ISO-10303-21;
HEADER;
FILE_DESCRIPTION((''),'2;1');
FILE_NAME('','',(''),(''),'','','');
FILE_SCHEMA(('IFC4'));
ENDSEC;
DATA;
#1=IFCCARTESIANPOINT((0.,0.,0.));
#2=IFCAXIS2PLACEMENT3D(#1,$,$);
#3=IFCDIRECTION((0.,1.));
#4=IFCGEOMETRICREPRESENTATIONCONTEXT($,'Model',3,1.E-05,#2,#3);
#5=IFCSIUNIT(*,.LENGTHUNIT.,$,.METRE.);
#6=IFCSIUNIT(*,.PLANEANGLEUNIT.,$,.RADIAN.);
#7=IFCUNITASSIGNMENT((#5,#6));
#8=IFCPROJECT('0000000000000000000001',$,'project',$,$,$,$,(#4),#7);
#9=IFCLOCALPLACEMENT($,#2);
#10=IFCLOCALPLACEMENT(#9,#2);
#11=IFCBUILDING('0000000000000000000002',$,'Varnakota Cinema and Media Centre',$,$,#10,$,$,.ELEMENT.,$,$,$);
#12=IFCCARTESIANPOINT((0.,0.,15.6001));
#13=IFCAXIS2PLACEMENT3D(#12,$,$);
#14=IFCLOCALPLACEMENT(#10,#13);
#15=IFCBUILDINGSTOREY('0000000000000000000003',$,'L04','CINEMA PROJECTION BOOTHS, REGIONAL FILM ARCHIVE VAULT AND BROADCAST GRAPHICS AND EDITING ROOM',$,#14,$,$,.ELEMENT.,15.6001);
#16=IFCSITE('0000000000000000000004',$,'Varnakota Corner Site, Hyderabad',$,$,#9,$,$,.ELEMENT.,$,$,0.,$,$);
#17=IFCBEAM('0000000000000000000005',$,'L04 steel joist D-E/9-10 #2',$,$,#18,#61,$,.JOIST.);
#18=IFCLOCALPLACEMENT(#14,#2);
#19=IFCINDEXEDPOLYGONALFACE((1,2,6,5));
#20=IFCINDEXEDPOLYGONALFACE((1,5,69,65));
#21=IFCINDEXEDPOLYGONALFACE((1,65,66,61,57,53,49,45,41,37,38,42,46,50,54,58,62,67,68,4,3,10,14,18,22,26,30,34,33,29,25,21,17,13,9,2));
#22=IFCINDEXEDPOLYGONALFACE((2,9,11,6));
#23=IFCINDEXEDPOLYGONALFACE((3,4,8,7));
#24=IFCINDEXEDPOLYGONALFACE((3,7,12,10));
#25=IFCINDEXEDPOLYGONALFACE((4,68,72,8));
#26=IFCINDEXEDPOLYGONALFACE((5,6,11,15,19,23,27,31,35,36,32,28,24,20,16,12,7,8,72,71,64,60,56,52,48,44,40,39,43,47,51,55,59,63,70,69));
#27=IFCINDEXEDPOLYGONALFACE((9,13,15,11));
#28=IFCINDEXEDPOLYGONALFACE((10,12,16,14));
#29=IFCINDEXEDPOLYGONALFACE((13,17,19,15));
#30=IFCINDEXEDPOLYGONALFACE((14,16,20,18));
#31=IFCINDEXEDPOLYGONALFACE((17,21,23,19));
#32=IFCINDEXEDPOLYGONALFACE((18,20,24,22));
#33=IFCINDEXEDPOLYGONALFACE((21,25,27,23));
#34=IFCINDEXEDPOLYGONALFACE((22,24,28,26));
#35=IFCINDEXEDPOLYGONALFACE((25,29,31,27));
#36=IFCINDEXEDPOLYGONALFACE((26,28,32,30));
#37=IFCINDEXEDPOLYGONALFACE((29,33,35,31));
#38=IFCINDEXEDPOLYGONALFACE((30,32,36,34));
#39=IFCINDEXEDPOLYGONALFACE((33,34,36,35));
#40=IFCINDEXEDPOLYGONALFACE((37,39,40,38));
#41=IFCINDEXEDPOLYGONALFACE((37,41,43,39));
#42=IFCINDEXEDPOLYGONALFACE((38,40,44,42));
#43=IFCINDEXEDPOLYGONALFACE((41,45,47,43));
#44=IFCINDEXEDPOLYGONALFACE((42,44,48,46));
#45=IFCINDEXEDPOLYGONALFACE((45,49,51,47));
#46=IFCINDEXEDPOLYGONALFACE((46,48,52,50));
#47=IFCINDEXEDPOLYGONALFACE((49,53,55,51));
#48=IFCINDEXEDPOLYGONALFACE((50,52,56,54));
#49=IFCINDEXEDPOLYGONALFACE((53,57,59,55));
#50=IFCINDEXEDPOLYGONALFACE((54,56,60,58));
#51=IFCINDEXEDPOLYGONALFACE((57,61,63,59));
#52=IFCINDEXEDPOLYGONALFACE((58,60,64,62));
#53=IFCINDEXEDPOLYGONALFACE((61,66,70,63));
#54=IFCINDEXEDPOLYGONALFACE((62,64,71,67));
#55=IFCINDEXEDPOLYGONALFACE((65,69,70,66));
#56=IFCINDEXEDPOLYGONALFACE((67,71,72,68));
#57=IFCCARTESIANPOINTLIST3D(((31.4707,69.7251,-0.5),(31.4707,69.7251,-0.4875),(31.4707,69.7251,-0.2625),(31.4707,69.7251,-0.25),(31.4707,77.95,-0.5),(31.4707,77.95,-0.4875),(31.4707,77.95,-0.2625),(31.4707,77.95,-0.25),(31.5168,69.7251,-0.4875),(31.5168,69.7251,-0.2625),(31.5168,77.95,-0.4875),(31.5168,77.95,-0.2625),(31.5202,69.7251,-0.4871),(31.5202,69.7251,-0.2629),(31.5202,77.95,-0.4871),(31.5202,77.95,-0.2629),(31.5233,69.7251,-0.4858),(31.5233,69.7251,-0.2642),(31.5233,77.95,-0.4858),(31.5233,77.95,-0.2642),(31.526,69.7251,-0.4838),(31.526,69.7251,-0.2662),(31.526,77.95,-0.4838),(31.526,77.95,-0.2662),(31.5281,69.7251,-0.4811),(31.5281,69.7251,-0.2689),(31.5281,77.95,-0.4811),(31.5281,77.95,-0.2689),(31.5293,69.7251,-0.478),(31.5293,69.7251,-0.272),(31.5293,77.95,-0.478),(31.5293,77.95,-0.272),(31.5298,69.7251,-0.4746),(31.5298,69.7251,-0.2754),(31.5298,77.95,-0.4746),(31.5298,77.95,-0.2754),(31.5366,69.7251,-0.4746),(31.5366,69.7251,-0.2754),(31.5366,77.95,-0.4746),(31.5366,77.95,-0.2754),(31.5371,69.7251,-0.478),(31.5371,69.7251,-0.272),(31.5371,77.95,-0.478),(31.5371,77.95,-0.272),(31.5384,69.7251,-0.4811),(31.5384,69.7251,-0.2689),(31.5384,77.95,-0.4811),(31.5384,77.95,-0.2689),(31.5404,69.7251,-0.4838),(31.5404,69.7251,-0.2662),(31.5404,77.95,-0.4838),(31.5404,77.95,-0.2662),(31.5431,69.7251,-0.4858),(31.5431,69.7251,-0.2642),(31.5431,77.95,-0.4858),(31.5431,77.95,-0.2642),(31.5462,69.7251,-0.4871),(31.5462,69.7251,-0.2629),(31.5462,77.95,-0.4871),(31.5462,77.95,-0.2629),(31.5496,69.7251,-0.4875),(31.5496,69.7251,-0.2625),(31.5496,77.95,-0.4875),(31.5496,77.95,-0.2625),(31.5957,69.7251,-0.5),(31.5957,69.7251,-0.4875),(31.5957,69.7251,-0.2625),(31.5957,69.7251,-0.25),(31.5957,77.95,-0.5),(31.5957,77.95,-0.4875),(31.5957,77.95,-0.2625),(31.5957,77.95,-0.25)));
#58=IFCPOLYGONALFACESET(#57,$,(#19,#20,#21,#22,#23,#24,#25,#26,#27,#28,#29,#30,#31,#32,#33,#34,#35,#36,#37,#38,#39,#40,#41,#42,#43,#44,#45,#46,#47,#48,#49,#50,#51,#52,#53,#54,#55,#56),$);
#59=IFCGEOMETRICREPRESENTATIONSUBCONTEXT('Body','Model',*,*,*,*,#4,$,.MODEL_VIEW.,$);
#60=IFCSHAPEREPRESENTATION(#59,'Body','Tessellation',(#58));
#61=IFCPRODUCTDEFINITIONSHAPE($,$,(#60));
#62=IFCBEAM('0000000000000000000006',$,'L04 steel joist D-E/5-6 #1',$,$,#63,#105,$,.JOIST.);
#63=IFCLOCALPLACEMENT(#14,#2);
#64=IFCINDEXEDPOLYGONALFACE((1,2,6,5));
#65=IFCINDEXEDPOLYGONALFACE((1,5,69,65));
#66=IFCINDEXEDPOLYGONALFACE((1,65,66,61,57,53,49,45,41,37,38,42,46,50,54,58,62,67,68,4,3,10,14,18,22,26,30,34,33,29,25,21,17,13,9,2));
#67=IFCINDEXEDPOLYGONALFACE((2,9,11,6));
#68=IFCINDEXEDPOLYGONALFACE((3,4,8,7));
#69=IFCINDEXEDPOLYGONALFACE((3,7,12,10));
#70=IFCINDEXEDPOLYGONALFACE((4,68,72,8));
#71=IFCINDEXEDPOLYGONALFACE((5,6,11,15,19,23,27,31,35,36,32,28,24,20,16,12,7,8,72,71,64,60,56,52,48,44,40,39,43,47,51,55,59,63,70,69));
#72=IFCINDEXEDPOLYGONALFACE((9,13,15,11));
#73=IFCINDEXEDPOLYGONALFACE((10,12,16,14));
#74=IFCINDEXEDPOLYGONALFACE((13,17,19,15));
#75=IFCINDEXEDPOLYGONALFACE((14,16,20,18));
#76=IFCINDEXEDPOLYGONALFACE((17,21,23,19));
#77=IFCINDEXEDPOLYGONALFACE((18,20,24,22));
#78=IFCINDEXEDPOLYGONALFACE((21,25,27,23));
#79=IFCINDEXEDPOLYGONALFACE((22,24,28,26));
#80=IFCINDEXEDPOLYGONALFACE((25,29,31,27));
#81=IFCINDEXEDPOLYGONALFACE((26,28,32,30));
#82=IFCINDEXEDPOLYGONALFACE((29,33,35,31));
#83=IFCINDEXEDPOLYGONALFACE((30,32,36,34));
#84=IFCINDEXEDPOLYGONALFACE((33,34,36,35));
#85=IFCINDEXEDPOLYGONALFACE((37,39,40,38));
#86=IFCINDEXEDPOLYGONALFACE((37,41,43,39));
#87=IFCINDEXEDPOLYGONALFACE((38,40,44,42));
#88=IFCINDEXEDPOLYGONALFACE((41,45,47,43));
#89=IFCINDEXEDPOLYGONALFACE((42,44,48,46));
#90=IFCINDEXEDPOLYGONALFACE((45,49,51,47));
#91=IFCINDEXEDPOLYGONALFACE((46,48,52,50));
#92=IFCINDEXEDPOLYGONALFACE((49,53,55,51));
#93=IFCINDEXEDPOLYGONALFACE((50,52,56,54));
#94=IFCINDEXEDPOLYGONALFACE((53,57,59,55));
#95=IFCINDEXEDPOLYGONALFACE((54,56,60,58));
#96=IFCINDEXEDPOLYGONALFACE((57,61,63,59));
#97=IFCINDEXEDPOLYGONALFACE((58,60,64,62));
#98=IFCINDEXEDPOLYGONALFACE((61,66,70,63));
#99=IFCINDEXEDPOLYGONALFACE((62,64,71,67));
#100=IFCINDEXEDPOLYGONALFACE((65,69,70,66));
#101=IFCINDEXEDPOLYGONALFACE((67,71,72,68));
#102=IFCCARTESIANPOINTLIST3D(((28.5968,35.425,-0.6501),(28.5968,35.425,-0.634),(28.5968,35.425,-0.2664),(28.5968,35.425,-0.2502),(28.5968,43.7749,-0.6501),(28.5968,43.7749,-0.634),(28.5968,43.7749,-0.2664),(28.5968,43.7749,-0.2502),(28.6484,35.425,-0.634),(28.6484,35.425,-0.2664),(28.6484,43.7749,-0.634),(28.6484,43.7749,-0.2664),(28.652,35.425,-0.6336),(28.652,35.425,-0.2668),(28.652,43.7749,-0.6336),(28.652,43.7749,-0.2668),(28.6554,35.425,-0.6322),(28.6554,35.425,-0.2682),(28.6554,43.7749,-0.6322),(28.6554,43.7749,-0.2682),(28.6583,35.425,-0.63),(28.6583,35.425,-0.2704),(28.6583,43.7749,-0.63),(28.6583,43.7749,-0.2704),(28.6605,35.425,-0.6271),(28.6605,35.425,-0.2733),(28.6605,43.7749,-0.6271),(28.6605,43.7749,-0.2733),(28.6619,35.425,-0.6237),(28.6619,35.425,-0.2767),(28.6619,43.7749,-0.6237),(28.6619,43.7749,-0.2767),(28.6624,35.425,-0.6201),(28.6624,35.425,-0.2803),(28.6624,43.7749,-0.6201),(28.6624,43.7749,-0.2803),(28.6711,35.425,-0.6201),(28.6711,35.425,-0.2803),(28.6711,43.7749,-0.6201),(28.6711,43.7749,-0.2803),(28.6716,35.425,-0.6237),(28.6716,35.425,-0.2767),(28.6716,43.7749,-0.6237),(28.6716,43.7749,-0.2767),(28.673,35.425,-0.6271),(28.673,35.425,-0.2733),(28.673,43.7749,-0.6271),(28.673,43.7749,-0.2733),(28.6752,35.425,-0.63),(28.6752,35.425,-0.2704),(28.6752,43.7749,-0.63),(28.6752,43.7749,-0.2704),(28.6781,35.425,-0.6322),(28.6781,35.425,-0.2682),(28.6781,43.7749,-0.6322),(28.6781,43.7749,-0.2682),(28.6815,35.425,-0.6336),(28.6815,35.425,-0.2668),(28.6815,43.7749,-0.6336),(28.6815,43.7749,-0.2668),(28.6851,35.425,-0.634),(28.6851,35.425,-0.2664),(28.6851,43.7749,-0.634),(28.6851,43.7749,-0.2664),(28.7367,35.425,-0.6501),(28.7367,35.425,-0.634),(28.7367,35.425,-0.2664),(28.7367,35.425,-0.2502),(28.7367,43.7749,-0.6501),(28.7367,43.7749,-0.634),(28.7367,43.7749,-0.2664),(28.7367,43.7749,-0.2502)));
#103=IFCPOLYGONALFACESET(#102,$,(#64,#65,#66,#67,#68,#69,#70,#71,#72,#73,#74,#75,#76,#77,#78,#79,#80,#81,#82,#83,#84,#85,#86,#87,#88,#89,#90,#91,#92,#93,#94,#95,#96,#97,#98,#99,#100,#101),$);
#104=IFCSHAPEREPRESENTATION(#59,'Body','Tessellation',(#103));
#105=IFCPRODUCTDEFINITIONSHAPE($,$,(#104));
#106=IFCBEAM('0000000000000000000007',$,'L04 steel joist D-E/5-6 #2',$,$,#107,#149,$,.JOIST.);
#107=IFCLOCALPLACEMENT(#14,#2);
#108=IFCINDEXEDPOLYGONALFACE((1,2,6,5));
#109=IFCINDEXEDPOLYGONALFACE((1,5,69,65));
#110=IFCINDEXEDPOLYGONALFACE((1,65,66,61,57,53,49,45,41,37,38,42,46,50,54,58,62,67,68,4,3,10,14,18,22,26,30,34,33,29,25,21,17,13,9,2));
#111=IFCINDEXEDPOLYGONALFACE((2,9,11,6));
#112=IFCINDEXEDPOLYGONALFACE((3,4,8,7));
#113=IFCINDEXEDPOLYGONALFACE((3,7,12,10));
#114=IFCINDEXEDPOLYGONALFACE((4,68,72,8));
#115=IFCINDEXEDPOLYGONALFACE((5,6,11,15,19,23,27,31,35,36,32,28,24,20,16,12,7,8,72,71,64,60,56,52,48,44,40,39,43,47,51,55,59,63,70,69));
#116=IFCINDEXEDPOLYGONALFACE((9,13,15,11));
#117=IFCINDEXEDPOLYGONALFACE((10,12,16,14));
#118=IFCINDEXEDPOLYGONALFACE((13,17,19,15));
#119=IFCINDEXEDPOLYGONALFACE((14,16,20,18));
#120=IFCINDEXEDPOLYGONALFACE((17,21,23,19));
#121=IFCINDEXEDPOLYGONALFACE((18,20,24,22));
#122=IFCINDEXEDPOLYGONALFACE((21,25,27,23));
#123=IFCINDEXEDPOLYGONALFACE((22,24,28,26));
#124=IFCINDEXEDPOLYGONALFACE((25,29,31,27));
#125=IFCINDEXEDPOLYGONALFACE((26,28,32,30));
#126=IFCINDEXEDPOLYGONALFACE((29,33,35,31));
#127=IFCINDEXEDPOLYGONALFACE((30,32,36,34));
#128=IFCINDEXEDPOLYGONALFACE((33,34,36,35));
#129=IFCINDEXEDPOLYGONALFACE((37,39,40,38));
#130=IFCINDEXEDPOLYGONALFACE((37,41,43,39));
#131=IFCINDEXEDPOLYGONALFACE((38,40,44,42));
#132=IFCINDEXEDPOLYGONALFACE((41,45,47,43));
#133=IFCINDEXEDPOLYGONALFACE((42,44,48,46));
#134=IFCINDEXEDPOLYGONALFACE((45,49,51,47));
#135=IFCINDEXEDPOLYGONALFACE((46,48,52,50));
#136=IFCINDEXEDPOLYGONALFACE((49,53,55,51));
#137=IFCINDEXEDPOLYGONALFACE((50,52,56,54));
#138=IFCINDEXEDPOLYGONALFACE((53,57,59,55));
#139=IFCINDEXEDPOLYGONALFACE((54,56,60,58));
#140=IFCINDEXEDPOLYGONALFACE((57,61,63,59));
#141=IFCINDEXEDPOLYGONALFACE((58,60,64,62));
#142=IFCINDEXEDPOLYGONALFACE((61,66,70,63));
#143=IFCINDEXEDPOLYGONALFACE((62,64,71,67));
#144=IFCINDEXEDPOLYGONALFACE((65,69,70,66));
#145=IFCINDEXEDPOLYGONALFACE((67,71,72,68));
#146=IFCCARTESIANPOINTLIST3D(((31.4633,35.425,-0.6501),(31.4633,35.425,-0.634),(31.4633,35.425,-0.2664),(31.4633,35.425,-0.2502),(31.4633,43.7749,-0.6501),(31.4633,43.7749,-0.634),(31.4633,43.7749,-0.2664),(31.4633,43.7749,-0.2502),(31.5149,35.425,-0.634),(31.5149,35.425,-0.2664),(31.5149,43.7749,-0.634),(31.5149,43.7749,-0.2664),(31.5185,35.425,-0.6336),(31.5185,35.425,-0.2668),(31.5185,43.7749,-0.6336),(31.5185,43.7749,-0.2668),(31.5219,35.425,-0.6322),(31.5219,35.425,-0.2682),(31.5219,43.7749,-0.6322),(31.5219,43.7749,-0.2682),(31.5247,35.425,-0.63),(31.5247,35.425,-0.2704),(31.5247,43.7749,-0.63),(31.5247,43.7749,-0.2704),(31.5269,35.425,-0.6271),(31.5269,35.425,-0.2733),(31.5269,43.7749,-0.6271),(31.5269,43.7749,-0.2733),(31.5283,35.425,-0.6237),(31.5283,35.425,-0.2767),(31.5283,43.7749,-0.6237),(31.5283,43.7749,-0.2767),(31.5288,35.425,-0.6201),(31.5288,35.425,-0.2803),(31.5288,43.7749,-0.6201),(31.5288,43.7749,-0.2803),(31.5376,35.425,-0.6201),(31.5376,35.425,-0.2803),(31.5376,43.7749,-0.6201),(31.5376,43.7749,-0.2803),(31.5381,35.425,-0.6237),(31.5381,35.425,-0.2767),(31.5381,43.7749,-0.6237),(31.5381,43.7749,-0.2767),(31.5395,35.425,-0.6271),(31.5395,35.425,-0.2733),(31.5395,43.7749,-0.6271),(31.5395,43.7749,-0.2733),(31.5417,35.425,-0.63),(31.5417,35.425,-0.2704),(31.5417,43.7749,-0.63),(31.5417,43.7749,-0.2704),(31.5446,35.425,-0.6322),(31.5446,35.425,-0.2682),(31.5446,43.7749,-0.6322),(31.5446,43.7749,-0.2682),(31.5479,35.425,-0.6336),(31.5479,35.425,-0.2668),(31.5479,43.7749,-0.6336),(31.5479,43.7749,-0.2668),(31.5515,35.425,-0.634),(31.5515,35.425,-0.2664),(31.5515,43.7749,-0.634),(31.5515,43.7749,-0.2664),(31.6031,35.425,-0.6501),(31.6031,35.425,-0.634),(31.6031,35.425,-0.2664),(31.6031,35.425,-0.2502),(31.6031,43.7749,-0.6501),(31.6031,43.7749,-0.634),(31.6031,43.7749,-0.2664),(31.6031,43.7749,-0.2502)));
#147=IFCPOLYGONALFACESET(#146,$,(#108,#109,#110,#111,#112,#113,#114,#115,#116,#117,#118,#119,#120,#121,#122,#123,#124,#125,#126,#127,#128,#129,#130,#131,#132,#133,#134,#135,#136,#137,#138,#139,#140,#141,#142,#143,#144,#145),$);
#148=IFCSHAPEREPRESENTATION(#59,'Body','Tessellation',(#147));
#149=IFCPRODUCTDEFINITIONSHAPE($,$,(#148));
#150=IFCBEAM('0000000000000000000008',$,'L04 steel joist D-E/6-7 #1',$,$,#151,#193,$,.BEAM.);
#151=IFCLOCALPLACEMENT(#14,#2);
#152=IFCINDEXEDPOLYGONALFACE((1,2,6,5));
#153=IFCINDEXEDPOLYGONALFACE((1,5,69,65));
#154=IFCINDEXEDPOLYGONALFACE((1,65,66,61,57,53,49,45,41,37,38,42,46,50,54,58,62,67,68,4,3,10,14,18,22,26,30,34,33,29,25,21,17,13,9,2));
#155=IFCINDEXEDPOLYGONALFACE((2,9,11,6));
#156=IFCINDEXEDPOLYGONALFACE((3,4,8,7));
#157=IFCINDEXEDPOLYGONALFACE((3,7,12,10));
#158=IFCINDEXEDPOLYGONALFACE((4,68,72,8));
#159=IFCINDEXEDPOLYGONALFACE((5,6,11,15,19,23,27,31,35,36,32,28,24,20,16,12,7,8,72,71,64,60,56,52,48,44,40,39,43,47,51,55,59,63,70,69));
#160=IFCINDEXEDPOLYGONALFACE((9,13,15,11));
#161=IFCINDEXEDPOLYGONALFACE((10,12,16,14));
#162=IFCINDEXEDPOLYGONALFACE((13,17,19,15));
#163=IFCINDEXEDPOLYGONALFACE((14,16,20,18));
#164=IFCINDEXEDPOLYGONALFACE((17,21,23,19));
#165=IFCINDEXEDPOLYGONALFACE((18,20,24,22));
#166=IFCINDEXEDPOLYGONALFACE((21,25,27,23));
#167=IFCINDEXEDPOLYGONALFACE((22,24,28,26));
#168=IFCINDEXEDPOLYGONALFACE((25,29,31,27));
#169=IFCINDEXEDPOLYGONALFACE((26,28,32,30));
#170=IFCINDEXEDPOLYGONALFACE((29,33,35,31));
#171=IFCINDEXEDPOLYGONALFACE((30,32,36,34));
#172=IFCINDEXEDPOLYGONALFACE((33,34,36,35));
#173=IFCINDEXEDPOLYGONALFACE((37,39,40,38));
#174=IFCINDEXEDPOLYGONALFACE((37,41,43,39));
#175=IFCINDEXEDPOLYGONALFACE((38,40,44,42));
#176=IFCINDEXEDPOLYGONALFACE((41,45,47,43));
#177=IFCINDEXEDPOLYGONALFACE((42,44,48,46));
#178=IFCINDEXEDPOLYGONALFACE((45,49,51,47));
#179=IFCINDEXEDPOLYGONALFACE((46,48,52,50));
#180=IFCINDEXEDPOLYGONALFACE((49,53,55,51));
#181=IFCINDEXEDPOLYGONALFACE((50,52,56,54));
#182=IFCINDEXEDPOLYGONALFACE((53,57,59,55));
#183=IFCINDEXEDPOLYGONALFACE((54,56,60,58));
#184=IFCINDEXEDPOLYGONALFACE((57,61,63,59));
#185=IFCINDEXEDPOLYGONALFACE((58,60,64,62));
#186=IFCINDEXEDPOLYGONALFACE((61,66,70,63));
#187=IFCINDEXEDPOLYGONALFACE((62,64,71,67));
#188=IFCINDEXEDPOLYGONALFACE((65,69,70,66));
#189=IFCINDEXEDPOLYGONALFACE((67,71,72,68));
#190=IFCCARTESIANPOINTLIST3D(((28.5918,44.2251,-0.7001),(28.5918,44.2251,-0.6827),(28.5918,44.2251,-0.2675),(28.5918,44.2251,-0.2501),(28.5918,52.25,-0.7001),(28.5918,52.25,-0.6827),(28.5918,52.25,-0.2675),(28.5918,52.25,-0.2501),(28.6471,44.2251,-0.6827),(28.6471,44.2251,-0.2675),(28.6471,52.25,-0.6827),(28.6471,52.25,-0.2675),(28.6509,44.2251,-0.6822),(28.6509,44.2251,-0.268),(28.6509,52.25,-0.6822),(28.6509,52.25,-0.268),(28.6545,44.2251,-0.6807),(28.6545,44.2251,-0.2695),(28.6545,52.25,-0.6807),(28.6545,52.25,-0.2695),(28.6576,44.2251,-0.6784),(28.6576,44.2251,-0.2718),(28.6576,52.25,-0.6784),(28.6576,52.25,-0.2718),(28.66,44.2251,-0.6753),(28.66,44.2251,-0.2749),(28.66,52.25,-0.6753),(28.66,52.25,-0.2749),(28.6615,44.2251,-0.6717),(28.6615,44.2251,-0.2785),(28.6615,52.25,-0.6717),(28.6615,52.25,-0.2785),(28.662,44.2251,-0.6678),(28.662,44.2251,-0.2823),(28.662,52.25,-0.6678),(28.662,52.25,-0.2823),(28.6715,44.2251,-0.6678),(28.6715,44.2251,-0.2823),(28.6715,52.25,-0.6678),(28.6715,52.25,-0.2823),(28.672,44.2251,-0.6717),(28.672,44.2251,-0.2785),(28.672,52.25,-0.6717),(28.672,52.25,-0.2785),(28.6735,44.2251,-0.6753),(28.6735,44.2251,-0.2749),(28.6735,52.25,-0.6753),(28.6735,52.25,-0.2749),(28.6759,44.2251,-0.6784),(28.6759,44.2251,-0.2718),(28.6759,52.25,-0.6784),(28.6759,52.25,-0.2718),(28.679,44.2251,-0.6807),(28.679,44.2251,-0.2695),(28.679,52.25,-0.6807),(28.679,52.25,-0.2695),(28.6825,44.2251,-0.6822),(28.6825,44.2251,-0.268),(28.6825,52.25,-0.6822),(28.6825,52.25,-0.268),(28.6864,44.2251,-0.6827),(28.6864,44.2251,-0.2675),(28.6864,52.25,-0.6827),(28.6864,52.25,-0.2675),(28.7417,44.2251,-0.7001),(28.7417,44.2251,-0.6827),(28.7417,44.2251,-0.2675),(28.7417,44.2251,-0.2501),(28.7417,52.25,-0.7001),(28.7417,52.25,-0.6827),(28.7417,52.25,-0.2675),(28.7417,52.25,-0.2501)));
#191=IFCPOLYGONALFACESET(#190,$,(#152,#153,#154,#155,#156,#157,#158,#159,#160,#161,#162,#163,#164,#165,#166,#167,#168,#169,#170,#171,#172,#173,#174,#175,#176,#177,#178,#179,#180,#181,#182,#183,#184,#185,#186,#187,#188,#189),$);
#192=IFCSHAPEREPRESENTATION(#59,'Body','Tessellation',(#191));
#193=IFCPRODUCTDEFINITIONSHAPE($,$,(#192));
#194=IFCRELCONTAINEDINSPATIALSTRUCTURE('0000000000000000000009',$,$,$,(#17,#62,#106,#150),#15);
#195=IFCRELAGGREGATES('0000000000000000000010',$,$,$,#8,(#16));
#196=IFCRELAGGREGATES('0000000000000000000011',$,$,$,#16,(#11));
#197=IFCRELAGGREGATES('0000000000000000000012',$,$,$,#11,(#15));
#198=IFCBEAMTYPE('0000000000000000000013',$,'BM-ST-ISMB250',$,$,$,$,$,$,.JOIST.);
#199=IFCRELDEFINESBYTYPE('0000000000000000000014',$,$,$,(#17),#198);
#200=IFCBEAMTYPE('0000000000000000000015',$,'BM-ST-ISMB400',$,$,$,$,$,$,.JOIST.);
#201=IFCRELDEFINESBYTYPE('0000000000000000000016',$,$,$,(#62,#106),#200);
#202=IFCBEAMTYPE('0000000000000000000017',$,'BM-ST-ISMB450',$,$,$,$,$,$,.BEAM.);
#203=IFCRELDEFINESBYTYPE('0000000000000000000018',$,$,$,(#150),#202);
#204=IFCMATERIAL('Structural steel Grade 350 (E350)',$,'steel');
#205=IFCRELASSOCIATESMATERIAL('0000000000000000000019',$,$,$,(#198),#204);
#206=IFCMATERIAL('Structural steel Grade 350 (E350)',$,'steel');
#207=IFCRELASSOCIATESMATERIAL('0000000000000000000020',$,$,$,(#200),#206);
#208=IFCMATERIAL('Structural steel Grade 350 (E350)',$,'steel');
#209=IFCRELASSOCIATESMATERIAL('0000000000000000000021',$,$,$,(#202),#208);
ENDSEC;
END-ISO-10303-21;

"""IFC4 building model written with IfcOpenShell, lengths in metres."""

from ifc_helpers import new_model, si_unit, direction, frame, origin, origin_2d, place, context, subcontext, project, spatial, i_section, extrude, material, material_profile, profile_set, type_object, element, save


model = new_model("IFC4")

# Units and contexts
model_context = context("Model", 3, precision=1e-05, world=origin(), true_north=direction((0.0, 1.0)))
body_context = subcontext(model_context, "Body", "Model", "MODEL_VIEW")
ifc_project = project(units=[si_unit("LENGTHUNIT", "METRE"), si_unit("PLANEANGLEUNIT", "RADIAN")], contexts=[model_context])

# Site, building, storey
site_placement = place(None, origin())
site = spatial("IfcSite", under=ifc_project, at=site_placement, Name="Varnakota Corner Site, Hyderabad", CompositionType="ELEMENT", RefElevation=0.0)
building_placement = place(site_placement, origin())
building = spatial("IfcBuilding", under=site, at=building_placement, Name="Varnakota Cinema and Media Centre", CompositionType="ELEMENT")
storey_placement = place(building_placement, frame((0.0, 0.0, 15.6001)))
storey = spatial("IfcBuildingStorey", under=building, at=storey_placement, Name="L04", Description="CINEMA PROJECTION BOOTHS, REGIONAL FILM ARCHIVE VAULT AND BROADCAST GRAPHICS AND EDITING ROOM", CompositionType="ELEMENT", Elevation=15.6001)

# Beams
ifc_material_1 = material(Name="Structural steel Grade 350 (E350)", Category="steel")
ifc_material_profile_1 = material_profile(ifc_material_1, i_section(OverallWidth=0.125, OverallDepth=0.25, WebThickness=0.0068, FlangeThickness=0.0125, FilletRadius=0.0129, at=origin_2d()), Name="ISMB 250")
ifc_profile_set_1 = profile_set([ifc_material_profile_1], Name="Structural steel Grade 350 (E350)")
beam_type_1 = type_object("IfcBeamType", Name="BM-ST-ISMB250", PredefinedType="JOIST", material=ifc_profile_set_1)
for number, where, z_axis, x_axis, name in (
    (1, (31.5332, 69.7251, -0.375), (0.0, 1.0, 0.0), (-1.0, 0.0, 0.0), "L04 steel joist D-E/9-10 #2"),
):
    element("IfcBeam", number, at=place(storey_placement, frame(where, z_axis=z_axis, x_axis=x_axis)), inside=storey, type_object=beam_type_1, Name=name, PredefinedType="JOIST", context=body_context, shape_type="SweptSolid", body=[
        extrude(i_section(OverallWidth=0.125, OverallDepth=0.25, WebThickness=0.0068, FlangeThickness=0.0125, FilletRadius=0.0129, at=origin_2d()), origin(), (0.0, 0.0, 1.0), 8.2249),
    ])
ifc_material_2 = material(Name="Structural steel Grade 350 (E350)", Category="steel")
ifc_material_profile_2 = material_profile(ifc_material_2, i_section(OverallWidth=0.1399, OverallDepth=0.3999, WebThickness=0.0088, FlangeThickness=0.0161, FilletRadius=0.0139, at=origin_2d()), Name="ISMB 400")
ifc_profile_set_2 = profile_set([ifc_material_profile_2], Name="Structural steel Grade 350 (E350)")
beam_type_2 = type_object("IfcBeamType", Name="BM-ST-ISMB400", PredefinedType="JOIST", material=ifc_profile_set_2)
for number, where, z_axis, x_axis, name in (
    (2, (28.6667, 35.425, -0.4502), (0.0, 1.0, 0.0), (-1.0, 0.0, 0.0), "L04 steel joist D-E/5-6 #1"),
    (3, (31.5332, 35.425, -0.4502), (0.0, 1.0, 0.0), (-1.0, 0.0, 0.0), "L04 steel joist D-E/5-6 #2"),
):
    element("IfcBeam", number, at=place(storey_placement, frame(where, z_axis=z_axis, x_axis=x_axis)), inside=storey, type_object=beam_type_2, Name=name, PredefinedType="JOIST", context=body_context, shape_type="SweptSolid", body=[
        extrude(i_section(OverallWidth=0.1399, OverallDepth=0.3999, WebThickness=0.0088, FlangeThickness=0.0161, FilletRadius=0.0139, at=origin_2d()), origin(), (0.0, 0.0, 1.0), 8.3499),
    ])
ifc_material_3 = material(Name="Structural steel Grade 350 (E350)", Category="steel")
ifc_material_profile_3 = material_profile(ifc_material_3, i_section(OverallWidth=0.1499, OverallDepth=0.45, WebThickness=0.0095, FlangeThickness=0.0173, FilletRadius=0.0149, at=origin_2d()), Name="ISMB 450")
ifc_profile_set_3 = profile_set([ifc_material_profile_3], Name="Structural steel Grade 350 (E350)")
beam_type_3 = type_object("IfcBeamType", Name="BM-ST-ISMB450", PredefinedType="BEAM", material=ifc_profile_set_3)
for number, where, z_axis, x_axis, name in (
    (4, (28.6667, 44.2251, -0.4751), (0.0, 1.0, 0.0), (-1.0, 0.0, 0.0), "L04 steel joist D-E/6-7 #1"),
):
    element("IfcBeam", number, at=place(storey_placement, frame(where, z_axis=z_axis, x_axis=x_axis)), inside=storey, type_object=beam_type_3, Name=name, PredefinedType="BEAM", context=body_context, shape_type="SweptSolid", body=[
        extrude(i_section(OverallWidth=0.1499, OverallDepth=0.45, WebThickness=0.0095, FlangeThickness=0.0173, FilletRadius=0.0149, at=origin_2d()), origin(), (0.0, 0.0, 1.0), 8.0249),
    ])

save(model, "model.ifc")
